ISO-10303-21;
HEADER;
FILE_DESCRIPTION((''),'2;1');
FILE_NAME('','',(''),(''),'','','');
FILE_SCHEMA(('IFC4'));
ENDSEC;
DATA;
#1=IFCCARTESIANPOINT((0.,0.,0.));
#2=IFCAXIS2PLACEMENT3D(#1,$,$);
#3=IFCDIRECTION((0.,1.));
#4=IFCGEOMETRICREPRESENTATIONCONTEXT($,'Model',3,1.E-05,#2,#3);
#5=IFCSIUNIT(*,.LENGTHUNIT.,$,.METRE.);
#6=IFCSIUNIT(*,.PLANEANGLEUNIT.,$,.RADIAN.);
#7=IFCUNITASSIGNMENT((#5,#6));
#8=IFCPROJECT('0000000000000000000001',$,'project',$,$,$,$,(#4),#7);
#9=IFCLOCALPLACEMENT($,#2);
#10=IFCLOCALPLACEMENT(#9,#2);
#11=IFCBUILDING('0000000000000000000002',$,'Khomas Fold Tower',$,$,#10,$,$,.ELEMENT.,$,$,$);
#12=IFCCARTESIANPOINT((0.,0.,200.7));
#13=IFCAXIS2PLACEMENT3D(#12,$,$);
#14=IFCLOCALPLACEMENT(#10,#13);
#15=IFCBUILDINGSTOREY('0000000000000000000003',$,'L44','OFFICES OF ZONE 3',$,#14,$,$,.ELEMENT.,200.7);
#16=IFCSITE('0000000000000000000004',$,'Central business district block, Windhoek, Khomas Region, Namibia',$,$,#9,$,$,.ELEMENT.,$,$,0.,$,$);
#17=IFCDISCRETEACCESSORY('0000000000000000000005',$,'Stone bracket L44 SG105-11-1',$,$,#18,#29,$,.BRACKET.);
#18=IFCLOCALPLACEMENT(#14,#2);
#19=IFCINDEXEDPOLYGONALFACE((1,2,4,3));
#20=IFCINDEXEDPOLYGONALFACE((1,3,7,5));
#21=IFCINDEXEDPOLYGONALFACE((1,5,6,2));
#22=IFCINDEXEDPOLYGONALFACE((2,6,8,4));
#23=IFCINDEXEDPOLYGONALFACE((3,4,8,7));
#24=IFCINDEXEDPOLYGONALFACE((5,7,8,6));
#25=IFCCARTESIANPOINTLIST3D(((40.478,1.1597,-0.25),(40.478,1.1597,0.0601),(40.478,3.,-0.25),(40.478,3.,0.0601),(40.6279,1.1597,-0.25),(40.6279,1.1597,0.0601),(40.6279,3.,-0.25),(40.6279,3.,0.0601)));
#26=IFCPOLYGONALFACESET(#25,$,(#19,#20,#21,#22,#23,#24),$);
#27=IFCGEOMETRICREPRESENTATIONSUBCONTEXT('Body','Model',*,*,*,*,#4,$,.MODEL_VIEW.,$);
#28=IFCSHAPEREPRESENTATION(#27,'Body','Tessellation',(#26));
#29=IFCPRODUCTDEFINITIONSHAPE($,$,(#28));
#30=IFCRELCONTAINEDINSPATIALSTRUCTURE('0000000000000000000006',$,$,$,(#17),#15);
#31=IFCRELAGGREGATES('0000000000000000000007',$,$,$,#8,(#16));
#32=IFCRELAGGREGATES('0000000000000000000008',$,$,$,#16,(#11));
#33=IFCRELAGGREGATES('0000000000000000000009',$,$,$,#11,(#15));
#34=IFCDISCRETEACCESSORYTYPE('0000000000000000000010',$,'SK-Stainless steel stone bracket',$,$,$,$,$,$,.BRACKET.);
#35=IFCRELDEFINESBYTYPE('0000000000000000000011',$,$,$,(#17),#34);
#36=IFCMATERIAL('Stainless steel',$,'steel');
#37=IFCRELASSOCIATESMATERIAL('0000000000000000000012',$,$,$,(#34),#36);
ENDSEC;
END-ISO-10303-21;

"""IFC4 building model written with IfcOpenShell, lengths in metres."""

from ifc_helpers import new_model, si_unit, direction, frame, origin, origin_2d, place, context, subcontext, project, spatial, rectangle, extrude, source, transform, mapped, material, type_object, element, save


model = new_model("IFC4")

# Units and contexts
model_context = context("Model", 3, precision=1e-05, world=origin(), true_north=direction((0.0, 1.0)))
body_context = subcontext(model_context, "Body", "Model", "MODEL_VIEW")
ifc_project = project(units=[si_unit("LENGTHUNIT", "METRE"), si_unit("PLANEANGLEUNIT", "RADIAN")], contexts=[model_context])

# Site, building, storey
site_placement = place(None, origin())
site = spatial("IfcSite", under=ifc_project, at=site_placement, Name="Central business district block, Windhoek, Khomas Region, Namibia", CompositionType="ELEMENT", RefElevation=0.0)
building_placement = place(site_placement, origin())
building = spatial("IfcBuilding", under=site, at=building_placement, Name="Khomas Fold Tower", CompositionType="ELEMENT")
storey_placement = place(building_placement, frame((0.0, 0.0, 200.7)))
storey = spatial("IfcBuildingStorey", under=building, at=storey_placement, Name="L44", Description="OFFICES OF ZONE 3", CompositionType="ELEMENT", Elevation=200.7)

# Discrete accessory
ifc_material_1 = material(Name="Stainless steel", Category="steel")
discrete_accessory_type = type_object("IfcDiscreteAccessoryType", Name="SK-Stainless steel stone bracket", PredefinedType="BRACKET", material=ifc_material_1)
shared_shape_1 = source(origin(), body_context, "Body", "SweptSolid", [
    extrude(rectangle(XDim=1.8403, YDim=0.1499, at=origin_2d()), origin(), (0.0, 0.0, 1.0), 0.3101),
])
discrete_accessory_1_placement = place(storey_placement, frame((40.553, 2.0798, -0.25), z_axis=(0.0, 0.0, 1.0), x_axis=(0.0, -1.0, 0.0)))
element("IfcDiscreteAccessory", 1, at=discrete_accessory_1_placement, inside=storey, type_object=discrete_accessory_type, Name="Stone bracket L44 SG105-11-1", PredefinedType="BRACKET", context=body_context, shape_type="MappedRepresentation", body=[
    mapped(shared_shape_1, transform((0.0, 0.0, 0.0))),
])

save(model, "model.ifc")
